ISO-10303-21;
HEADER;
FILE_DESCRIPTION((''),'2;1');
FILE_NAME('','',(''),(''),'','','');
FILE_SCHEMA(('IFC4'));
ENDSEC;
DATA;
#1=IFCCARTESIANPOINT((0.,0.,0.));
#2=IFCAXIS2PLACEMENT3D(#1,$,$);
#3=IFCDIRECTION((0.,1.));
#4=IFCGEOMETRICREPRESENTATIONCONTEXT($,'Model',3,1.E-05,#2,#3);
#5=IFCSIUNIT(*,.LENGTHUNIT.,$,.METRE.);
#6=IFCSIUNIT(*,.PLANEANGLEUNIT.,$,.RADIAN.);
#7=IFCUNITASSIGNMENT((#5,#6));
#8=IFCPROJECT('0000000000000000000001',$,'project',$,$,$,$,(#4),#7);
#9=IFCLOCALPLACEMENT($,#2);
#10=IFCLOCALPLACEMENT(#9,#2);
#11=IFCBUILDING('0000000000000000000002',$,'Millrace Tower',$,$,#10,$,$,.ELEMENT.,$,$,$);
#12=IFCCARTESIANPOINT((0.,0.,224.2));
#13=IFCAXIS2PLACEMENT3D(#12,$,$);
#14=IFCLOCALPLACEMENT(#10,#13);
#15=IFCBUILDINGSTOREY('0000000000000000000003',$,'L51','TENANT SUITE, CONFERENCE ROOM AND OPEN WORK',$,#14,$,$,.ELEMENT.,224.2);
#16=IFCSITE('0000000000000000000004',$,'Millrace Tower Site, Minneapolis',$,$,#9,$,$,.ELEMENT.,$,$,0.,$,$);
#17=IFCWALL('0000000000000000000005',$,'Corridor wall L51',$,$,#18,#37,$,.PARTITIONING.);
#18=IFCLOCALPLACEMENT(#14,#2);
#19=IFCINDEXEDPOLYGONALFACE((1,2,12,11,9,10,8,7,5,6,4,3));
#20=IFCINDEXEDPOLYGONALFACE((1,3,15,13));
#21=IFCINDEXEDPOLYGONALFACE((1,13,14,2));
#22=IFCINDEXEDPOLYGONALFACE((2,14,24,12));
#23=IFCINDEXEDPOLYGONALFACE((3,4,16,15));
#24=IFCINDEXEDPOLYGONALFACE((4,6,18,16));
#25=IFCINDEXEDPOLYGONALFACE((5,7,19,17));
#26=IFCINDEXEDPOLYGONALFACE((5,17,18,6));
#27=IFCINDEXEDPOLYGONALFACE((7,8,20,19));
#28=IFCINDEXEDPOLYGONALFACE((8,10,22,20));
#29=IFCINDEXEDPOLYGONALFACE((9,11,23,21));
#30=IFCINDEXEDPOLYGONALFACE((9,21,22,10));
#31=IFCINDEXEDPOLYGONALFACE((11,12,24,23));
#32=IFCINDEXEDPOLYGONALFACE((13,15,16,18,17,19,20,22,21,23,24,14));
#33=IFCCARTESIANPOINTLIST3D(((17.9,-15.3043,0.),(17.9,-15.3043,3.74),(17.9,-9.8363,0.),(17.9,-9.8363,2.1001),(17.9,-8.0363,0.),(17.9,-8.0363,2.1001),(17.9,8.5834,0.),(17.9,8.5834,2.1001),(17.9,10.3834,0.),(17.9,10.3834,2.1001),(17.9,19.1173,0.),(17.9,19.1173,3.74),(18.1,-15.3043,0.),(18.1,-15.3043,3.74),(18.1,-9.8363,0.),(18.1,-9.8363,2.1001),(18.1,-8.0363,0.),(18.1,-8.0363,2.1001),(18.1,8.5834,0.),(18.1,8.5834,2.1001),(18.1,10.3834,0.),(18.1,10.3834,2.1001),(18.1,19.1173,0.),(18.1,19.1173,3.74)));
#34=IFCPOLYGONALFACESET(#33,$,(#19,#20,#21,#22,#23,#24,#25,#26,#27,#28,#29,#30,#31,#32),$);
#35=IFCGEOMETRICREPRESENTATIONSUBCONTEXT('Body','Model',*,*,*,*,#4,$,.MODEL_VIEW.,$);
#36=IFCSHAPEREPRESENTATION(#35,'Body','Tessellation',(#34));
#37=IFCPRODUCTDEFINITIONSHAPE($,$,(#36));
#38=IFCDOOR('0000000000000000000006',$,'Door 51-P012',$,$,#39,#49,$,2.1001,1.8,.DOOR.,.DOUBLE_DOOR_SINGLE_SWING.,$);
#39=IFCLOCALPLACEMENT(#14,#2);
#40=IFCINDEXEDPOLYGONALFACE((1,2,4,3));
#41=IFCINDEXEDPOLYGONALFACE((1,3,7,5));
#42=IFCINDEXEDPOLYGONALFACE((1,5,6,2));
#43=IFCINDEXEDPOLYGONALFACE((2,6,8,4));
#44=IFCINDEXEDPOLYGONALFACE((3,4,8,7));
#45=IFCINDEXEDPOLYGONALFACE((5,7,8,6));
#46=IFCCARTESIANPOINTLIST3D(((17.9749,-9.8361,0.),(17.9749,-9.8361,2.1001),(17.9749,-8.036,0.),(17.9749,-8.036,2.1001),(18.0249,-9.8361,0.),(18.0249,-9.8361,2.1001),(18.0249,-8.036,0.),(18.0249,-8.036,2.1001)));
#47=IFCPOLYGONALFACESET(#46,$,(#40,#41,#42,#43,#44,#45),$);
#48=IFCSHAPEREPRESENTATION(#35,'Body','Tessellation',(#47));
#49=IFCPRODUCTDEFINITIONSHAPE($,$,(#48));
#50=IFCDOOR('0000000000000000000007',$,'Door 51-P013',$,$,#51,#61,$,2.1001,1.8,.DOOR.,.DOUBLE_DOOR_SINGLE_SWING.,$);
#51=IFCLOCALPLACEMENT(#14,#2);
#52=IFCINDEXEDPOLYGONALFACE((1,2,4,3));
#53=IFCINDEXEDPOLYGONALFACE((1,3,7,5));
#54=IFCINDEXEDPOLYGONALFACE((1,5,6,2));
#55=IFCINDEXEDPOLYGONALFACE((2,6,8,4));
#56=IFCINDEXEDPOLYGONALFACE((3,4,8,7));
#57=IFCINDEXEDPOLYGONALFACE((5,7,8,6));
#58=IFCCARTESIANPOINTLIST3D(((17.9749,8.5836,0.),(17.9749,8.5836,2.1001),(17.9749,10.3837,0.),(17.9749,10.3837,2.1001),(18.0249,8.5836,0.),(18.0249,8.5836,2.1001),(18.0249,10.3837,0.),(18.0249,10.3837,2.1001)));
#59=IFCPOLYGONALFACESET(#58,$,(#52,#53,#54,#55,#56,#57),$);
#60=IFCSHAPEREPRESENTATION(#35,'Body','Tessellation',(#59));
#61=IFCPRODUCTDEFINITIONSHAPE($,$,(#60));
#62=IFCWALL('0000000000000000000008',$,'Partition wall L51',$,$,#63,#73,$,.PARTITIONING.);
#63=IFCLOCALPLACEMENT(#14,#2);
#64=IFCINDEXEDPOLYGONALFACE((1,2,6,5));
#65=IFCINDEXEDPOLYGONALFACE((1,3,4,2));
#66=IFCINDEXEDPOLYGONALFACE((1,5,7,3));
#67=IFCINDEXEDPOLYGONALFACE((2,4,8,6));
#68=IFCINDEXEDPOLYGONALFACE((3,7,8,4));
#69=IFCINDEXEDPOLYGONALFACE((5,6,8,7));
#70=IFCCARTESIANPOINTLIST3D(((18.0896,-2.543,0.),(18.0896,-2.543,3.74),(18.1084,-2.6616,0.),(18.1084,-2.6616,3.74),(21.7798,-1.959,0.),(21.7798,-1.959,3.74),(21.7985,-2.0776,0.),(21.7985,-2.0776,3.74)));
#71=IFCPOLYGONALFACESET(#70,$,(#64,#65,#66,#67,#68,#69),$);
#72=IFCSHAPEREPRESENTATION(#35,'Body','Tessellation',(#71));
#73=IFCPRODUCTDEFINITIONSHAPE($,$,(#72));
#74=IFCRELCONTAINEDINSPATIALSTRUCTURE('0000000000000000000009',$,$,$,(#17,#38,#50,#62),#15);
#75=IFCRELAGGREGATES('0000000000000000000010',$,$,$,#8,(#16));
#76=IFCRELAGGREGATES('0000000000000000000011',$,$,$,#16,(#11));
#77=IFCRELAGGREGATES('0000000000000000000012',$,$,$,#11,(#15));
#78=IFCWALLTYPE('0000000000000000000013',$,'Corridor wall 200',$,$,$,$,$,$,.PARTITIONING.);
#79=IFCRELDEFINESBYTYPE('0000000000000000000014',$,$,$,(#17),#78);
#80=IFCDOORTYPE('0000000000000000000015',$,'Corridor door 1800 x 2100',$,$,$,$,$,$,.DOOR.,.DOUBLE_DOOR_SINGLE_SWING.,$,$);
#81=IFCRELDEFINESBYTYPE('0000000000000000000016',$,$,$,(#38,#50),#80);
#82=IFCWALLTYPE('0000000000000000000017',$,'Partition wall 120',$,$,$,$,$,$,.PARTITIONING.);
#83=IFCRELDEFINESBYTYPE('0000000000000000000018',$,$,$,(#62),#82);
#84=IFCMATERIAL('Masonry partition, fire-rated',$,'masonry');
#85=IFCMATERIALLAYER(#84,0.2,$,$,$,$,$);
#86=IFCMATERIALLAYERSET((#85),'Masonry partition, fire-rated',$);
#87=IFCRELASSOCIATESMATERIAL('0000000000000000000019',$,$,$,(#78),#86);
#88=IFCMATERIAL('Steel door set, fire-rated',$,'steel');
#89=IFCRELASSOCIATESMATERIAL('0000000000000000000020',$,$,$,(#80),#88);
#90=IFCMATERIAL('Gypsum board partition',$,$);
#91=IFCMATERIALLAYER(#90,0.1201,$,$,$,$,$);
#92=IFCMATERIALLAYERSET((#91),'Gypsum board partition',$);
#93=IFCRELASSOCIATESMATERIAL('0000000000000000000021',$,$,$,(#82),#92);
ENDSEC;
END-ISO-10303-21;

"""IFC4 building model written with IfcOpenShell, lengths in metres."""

from ifc_helpers import new_model, si_unit, direction, frame, frame_2d, origin, place, context, subcontext, project, spatial, rectangle, extrude, material, layer, layer_set, type_object, element, fill, save


model = new_model("IFC4")

# Units and contexts
model_context = context("Model", 3, precision=1e-05, world=origin(), true_north=direction((0.0, 1.0)))
body_context = subcontext(model_context, "Body", "Model", "MODEL_VIEW")
ifc_project = project(units=[si_unit("LENGTHUNIT", "METRE"), si_unit("PLANEANGLEUNIT", "RADIAN")], contexts=[model_context])

# Site, building, storey
site_placement = place(None, origin())
site = spatial("IfcSite", under=ifc_project, at=site_placement, Name="Millrace Tower Site, Minneapolis", CompositionType="ELEMENT", RefElevation=0.0)
building_placement = place(site_placement, origin())
building = spatial("IfcBuilding", under=site, at=building_placement, Name="Millrace Tower", CompositionType="ELEMENT")
storey_placement = place(building_placement, frame((0.0, 0.0, 224.2)))
storey = spatial("IfcBuildingStorey", under=building, at=storey_placement, Name="L51", Description="TENANT SUITE, CONFERENCE ROOM AND OPEN WORK", CompositionType="ELEMENT", Elevation=224.2)

# Wall, openings, doors
ifc_material_1 = material(Name="Masonry partition, fire-rated", Category="masonry")
ifc_layer_1 = layer(ifc_material_1, 0.2)
ifc_layer_set_1 = layer_set([ifc_layer_1], Name="Masonry partition, fire-rated")
wall_type_1 = type_object("IfcWallType", Name="Corridor wall 200", PredefinedType="PARTITIONING", material=ifc_layer_set_1)
wall_1_placement = place(storey_placement, frame((18.0, -15.3044, 0.0), z_axis=(0.0, 0.0, 1.0), x_axis=(0.0, 1.0, 0.0)))
wall_1 = element("IfcWall", 1, at=wall_1_placement, inside=storey, type_object=wall_type_1, Name="Corridor wall L51", PredefinedType="PARTITIONING", context=body_context, shape_type="SweptSolid", body=[
    extrude(rectangle(XDim=34.4216, YDim=0.2, at=frame_2d((17.2109, 0.0))), origin(), (0.0, 0.0, 1.0), 3.74),
])
opening_1_placement = place(wall_1_placement, frame((5.4683, 0.0, 0.0)))
opening_1 = element("IfcOpeningElement", 2, at=opening_1_placement, cuts=wall_1, PredefinedType="OPENING", context=body_context, shape_type="SweptSolid", body=[
    extrude(rectangle(XDim=1.8, YDim=2.1001, at=frame_2d((0.8999, 1.05))), frame((0.0, 0.1099, 0.0), z_axis=(0.0, -1.0, 0.0), x_axis=(1.0, 0.0, 0.0)), (0.0, 0.0, 1.0), 0.22),
])
opening_2_placement = place(wall_1_placement, frame((23.8879, 0.0, 0.0)))
opening_2 = element("IfcOpeningElement", 3, at=opening_2_placement, cuts=wall_1, PredefinedType="OPENING", context=body_context, shape_type="SweptSolid", body=[
    extrude(rectangle(XDim=1.8, YDim=2.1001, at=frame_2d((0.8999, 1.05))), frame((0.0, 0.1099, 0.0), z_axis=(0.0, -1.0, 0.0), x_axis=(1.0, 0.0, 0.0)), (0.0, 0.0, 1.0), 0.22),
])
ifc_material_2 = material(Name="Steel door set, fire-rated", Category="steel")
door_type = type_object("IfcDoorType", Name="Corridor door 1800 x 2100", OperationType="DOUBLE_DOOR_SINGLE_SWING", PredefinedType="DOOR", material=ifc_material_2)
door_1_placement = place(opening_1_placement, frame((1.8, 0.0, 0.0), z_axis=(0.0, 0.0, 1.0), x_axis=(-1.0, 0.0, 0.0)))
door_1 = element("IfcDoor", 4, at=door_1_placement, inside=storey, type_object=door_type, Name="Door 51-P012", OperationType="DOUBLE_DOOR_SINGLE_SWING", OverallHeight=2.1001, OverallWidth=1.8, PredefinedType="DOOR", context=body_context, shape_type="SweptSolid", body=[
    extrude(rectangle(XDim=1.8, YDim=2.1001, at=frame_2d((0.8999, 1.05))), frame((0.0, 0.0249, 0.0), z_axis=(0.0, -1.0, 0.0), x_axis=(1.0, 0.0, 0.0)), (0.0, 0.0, 1.0), 0.05),
])
fill(opening_1, door_1)
door_2_placement = place(opening_2_placement, frame((1.8, 0.0, 0.0), z_axis=(0.0, 0.0, 1.0), x_axis=(-1.0, 0.0, 0.0)))
door_2 = element("IfcDoor", 5, at=door_2_placement, inside=storey, type_object=door_type, Name="Door 51-P013", OperationType="DOUBLE_DOOR_SINGLE_SWING", OverallHeight=2.1001, OverallWidth=1.8, PredefinedType="DOOR", context=body_context, shape_type="SweptSolid", body=[
    extrude(rectangle(XDim=1.8, YDim=2.1001, at=frame_2d((0.8999, 1.05))), frame((0.0, 0.0249, 0.0), z_axis=(0.0, -1.0, 0.0), x_axis=(1.0, 0.0, 0.0)), (0.0, 0.0, 1.0), 0.05),
])
fill(opening_2, door_2)

# Wall
ifc_material_3 = material(Name="Gypsum board partition")
ifc_layer_2 = layer(ifc_material_3, 0.1201)
ifc_layer_set_2 = layer_set([ifc_layer_2], Name="Gypsum board partition")
wall_type_2 = type_object("IfcWallType", Name="Partition wall 120", PredefinedType="PARTITIONING", material=ifc_layer_set_2)
wall_2_placement = place(storey_placement, frame((18.0989, -2.6023, 0.0), z_axis=(0.0, 0.0, 1.0), x_axis=(0.987708, 0.156308, 0.0)))
element("IfcWall", 6, at=wall_2_placement, inside=storey, type_object=wall_type_2, Name="Partition wall L51", PredefinedType="PARTITIONING", context=body_context, shape_type="SweptSolid", body=[
    extrude(rectangle(XDim=3.7361, YDim=0.1201, at=frame_2d((1.8682, 0.0))), origin(), (0.0, 0.0, 1.0), 3.74),
])

save(model, "model.ifc")
